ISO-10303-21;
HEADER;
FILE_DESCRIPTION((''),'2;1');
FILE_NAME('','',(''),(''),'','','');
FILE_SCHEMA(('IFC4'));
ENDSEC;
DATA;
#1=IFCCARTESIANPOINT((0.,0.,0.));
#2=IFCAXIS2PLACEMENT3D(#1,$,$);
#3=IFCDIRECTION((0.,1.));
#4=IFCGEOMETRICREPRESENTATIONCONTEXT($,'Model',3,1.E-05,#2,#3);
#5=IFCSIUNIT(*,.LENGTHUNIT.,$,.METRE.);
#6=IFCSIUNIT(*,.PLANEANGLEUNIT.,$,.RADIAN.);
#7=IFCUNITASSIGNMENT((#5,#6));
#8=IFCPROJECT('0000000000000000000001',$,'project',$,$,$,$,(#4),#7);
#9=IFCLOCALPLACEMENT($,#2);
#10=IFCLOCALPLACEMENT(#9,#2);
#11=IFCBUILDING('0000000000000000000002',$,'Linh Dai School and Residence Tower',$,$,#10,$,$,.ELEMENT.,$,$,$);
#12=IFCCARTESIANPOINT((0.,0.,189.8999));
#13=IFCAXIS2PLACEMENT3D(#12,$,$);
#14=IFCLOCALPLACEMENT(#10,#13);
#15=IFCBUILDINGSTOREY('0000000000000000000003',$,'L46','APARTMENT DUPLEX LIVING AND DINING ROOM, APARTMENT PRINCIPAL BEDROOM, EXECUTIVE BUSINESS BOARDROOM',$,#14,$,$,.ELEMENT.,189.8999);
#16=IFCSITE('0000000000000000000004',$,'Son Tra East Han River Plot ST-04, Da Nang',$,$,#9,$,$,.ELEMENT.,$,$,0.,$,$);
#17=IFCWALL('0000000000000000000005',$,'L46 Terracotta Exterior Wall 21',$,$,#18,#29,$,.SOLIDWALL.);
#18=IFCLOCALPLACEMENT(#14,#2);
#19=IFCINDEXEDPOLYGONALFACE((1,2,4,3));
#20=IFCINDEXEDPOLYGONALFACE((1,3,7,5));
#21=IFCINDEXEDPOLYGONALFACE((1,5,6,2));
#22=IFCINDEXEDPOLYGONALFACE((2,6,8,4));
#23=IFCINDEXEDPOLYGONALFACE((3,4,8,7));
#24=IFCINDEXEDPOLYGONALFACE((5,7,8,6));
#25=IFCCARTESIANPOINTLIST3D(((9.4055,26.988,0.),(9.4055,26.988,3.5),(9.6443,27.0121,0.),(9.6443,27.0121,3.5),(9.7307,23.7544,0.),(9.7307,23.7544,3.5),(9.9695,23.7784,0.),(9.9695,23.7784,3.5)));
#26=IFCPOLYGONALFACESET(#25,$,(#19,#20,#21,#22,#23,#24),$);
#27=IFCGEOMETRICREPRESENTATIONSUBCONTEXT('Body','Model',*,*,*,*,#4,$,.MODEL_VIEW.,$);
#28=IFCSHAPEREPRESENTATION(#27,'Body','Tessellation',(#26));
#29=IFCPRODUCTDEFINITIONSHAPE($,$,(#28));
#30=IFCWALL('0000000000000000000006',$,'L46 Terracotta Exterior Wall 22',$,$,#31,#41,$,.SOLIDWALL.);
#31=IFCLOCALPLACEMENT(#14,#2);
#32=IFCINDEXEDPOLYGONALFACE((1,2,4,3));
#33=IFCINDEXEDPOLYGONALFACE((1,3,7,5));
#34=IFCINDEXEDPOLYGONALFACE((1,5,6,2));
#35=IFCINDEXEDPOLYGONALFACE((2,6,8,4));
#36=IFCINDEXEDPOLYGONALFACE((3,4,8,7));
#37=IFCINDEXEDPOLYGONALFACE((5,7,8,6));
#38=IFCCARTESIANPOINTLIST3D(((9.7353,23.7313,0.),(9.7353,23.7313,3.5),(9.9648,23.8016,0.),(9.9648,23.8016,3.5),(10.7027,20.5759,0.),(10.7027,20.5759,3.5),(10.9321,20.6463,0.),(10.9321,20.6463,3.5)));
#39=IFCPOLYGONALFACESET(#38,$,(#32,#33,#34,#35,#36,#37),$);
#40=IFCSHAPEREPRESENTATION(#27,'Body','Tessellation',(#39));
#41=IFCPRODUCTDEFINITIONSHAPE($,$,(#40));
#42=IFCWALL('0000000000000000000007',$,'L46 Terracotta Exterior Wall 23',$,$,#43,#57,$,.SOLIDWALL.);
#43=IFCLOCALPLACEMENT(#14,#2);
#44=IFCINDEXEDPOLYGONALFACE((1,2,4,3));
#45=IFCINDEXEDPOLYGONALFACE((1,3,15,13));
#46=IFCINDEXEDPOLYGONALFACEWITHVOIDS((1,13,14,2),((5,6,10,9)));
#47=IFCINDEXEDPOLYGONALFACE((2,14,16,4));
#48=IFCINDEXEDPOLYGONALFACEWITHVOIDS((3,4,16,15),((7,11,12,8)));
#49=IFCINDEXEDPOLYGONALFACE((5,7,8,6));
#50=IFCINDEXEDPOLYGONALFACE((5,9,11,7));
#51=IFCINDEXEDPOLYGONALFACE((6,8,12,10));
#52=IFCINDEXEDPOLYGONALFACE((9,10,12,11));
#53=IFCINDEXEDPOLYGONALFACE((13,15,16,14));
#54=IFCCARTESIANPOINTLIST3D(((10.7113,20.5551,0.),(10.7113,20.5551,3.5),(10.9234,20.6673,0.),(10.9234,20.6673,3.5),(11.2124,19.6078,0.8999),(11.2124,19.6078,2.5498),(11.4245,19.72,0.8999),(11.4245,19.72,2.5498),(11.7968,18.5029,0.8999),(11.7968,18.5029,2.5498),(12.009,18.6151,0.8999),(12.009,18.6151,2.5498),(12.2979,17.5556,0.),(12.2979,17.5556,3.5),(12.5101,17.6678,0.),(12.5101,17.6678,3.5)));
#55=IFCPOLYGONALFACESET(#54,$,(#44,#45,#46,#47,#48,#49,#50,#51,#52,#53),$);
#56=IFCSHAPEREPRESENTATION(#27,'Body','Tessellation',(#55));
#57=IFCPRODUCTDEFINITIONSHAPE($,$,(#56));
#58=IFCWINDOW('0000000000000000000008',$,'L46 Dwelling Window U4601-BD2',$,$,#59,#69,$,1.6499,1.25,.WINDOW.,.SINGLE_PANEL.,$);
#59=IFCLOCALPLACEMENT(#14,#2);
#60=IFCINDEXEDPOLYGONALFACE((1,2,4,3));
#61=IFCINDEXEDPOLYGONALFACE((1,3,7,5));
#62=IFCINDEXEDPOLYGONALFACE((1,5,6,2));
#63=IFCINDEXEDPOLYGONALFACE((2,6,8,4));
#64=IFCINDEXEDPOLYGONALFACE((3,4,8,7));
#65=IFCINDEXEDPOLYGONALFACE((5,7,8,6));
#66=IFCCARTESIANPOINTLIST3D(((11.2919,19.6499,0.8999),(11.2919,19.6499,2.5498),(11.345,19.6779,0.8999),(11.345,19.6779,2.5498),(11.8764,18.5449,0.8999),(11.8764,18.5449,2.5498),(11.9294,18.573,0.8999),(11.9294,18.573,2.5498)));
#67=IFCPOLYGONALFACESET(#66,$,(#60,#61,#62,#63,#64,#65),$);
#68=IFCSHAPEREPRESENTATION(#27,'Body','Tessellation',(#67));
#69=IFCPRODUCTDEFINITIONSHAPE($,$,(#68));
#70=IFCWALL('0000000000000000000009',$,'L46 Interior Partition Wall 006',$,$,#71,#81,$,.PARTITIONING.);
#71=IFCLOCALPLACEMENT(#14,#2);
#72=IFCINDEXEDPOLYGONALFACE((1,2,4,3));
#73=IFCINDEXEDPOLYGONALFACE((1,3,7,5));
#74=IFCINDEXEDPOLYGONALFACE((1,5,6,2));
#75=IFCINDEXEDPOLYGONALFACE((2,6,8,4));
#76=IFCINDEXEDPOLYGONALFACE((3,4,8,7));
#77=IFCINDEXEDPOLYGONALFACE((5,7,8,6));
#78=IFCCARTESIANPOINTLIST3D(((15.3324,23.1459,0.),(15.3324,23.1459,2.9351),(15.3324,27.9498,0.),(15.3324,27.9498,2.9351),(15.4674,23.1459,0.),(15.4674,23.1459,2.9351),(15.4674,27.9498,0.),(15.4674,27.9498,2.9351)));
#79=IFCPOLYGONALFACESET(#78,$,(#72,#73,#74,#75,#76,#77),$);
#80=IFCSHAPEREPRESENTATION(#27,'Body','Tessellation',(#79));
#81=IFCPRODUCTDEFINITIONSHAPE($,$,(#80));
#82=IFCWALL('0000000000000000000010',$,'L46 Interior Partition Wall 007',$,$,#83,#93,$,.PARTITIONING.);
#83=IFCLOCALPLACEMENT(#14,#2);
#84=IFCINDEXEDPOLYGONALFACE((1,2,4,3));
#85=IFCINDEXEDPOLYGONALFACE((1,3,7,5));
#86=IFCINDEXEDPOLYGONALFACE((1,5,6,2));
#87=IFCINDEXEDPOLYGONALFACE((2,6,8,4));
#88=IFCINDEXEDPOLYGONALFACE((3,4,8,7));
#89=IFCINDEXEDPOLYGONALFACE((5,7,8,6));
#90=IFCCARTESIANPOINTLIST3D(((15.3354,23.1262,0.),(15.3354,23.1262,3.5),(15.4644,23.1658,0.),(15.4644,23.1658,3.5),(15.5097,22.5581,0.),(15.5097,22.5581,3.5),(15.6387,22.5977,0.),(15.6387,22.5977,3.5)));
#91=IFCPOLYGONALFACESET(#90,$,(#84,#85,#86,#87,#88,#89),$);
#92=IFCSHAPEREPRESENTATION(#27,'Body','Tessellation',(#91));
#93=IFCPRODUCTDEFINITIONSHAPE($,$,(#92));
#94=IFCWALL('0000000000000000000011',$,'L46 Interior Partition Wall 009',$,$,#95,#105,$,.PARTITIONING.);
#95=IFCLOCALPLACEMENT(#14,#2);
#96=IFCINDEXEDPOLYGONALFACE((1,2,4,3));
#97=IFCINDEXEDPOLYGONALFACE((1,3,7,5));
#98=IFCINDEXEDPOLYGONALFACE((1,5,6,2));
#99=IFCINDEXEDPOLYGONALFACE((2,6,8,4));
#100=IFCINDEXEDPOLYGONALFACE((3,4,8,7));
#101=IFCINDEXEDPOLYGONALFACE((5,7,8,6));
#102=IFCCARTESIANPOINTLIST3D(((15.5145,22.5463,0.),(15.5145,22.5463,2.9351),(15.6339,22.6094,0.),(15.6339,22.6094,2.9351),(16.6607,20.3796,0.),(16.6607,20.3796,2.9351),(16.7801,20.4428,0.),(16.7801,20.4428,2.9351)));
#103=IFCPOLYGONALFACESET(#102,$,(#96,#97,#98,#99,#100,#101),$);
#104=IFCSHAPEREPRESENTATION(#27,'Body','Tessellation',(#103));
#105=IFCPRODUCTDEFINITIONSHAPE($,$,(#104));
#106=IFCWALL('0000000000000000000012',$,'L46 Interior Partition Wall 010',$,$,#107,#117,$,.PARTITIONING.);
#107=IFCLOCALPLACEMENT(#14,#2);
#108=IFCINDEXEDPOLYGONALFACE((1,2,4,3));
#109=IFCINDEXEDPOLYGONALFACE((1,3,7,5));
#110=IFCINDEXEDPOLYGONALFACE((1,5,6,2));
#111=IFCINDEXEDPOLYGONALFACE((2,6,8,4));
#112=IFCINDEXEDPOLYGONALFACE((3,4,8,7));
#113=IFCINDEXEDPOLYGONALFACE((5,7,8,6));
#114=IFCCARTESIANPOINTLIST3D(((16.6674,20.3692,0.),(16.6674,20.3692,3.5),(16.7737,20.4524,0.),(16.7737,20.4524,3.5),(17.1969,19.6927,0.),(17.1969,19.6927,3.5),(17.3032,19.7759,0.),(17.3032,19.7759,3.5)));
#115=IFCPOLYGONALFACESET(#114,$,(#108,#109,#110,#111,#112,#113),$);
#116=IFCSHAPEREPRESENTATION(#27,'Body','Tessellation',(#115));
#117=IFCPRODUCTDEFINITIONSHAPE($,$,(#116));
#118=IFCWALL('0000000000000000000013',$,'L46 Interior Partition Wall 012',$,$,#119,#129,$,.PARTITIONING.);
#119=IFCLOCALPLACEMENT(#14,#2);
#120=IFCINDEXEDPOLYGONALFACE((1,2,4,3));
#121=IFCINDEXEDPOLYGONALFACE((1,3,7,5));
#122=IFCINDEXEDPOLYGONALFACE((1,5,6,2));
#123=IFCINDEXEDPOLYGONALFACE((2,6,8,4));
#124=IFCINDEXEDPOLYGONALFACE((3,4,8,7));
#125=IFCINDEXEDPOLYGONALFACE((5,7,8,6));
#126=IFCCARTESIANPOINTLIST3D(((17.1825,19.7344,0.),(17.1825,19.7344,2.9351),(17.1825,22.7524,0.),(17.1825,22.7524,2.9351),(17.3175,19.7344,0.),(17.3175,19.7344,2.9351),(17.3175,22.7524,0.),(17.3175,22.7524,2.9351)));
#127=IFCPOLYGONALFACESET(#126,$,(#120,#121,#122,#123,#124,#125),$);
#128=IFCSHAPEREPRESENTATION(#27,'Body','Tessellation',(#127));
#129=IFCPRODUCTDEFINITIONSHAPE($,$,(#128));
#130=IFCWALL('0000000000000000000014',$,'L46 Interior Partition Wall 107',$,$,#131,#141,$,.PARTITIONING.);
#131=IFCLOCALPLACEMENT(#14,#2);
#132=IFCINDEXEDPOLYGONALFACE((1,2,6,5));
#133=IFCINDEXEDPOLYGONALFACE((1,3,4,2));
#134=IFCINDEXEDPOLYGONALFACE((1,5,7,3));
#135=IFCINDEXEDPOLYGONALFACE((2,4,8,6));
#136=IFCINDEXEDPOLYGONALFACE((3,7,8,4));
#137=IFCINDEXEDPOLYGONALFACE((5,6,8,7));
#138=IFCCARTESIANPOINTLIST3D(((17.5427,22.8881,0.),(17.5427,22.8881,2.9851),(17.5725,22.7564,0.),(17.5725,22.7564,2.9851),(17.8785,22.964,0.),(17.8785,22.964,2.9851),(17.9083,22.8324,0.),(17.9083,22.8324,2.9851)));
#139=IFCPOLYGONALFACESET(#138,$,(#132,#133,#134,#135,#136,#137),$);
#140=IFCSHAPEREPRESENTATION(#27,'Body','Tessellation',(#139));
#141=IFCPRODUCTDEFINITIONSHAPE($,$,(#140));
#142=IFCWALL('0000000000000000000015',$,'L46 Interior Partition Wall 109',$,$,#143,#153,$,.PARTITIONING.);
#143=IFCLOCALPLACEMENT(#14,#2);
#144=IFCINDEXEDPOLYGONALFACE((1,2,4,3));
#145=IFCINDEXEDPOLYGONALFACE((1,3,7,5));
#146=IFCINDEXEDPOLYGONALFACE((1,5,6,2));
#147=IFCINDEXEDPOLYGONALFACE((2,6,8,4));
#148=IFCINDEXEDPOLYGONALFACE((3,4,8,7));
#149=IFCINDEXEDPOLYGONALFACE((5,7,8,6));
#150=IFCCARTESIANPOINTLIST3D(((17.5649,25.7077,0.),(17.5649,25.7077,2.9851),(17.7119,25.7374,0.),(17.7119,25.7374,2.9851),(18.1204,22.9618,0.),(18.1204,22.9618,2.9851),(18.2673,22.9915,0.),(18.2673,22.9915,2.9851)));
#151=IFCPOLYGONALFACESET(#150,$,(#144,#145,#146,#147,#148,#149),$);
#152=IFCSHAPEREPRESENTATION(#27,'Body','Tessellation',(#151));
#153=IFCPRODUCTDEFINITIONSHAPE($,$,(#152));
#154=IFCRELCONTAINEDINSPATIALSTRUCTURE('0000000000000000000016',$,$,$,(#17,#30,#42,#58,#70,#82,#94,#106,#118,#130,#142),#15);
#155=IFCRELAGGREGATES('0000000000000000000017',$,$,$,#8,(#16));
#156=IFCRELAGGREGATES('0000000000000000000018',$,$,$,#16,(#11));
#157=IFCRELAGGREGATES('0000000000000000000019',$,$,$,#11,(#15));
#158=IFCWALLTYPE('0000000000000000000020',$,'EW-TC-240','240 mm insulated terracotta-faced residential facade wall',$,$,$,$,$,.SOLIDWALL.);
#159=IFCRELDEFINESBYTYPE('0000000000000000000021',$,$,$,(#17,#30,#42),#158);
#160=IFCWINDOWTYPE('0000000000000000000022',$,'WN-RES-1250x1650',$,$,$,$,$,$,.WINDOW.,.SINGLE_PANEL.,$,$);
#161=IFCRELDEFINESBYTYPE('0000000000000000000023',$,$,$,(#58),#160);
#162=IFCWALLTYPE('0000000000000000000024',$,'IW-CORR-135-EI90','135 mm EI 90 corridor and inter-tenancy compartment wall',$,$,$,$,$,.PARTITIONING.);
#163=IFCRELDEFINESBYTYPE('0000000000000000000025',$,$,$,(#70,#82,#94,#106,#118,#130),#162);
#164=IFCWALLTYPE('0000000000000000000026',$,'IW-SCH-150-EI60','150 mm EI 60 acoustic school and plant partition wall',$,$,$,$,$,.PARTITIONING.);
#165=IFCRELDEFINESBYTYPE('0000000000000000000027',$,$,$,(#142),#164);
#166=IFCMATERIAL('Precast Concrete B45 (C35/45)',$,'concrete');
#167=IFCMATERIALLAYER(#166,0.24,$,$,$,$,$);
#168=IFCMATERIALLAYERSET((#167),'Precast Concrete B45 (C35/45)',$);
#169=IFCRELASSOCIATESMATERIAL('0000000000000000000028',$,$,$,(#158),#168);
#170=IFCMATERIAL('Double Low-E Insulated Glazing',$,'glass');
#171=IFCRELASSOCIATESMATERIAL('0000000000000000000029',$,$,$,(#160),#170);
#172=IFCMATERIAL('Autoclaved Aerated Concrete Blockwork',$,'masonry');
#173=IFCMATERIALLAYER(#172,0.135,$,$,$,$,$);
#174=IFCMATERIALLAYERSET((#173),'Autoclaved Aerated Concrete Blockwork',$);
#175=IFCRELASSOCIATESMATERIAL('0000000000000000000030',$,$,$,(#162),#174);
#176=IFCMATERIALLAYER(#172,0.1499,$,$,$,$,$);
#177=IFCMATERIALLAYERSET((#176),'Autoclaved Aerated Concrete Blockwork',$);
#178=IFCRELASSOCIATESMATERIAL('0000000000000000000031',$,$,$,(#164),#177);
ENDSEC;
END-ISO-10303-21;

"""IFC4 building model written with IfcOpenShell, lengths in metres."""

from ifc_helpers import new_model, si_unit, direction, frame, frame_2d, origin, origin_2d, place, context, subcontext, project, spatial, rectangle, extrude, source, transform, mapped, material, layer, layer_set, type_object, element, fill, save


model = new_model("IFC4")

# Units and contexts
model_context = context("Model", 3, precision=1e-05, world=origin(), true_north=direction((0.0, 1.0)))
body_context = subcontext(model_context, "Body", "Model", "MODEL_VIEW")
ifc_project = project(units=[si_unit("LENGTHUNIT", "METRE"), si_unit("PLANEANGLEUNIT", "RADIAN")], contexts=[model_context])

# Site, building, storey
site_placement = place(None, origin())
site = spatial("IfcSite", under=ifc_project, at=site_placement, Name="Son Tra East Han River Plot ST-04, Da Nang", CompositionType="ELEMENT", RefElevation=0.0)
building_placement = place(site_placement, origin())
building = spatial("IfcBuilding", under=site, at=building_placement, Name="Linh Dai School and Residence Tower", CompositionType="ELEMENT")
storey_placement = place(building_placement, frame((0.0, 0.0, 189.8999)))
storey = spatial("IfcBuildingStorey", under=building, at=storey_placement, Name="L46", Description="APARTMENT DUPLEX LIVING AND DINING ROOM, APARTMENT PRINCIPAL BEDROOM, EXECUTIVE BUSINESS BOARDROOM", CompositionType="ELEMENT", Elevation=189.8999)

# Shared definitions
ifc_material_1 = material(Name="Precast Concrete B45 (C35/45)", Category="concrete")

# Walls
ifc_layer_1 = layer(ifc_material_1, 0.24)
ifc_layer_set_1 = layer_set([ifc_layer_1], Name="Precast Concrete B45 (C35/45)")
wall_type_1 = type_object("IfcWallType", Name="EW-TC-240", Description="240 mm insulated terracotta-faced residential facade wall", PredefinedType="SOLIDWALL", material=ifc_layer_set_1)
wall_1_placement = place(storey_placement, frame((9.8501, 23.7664, 0.0), z_axis=(0.0, 0.0, 1.0), x_axis=(-0.100062, 0.994981, 0.0)))
element("IfcWall", 1, at=wall_1_placement, inside=storey, type_object=wall_type_1, Name="L46 Terracotta Exterior Wall 21", PredefinedType="SOLIDWALL", context=body_context, shape_type="SweptSolid", body=[
    extrude(rectangle(XDim=3.25, YDim=0.24, at=frame_2d((1.625, 0.0))), origin(), (0.0, 0.0, 1.0), 3.5),
])
wall_2_placement = place(storey_placement, frame((10.8174, 20.6111, 0.0), z_axis=(0.0, 0.0, 1.0), x_axis=(-0.293098, 0.956082, 0.0)))
element("IfcWall", 2, at=wall_2_placement, inside=storey, type_object=wall_type_1, Name="L46 Terracotta Exterior Wall 22", PredefinedType="SOLIDWALL", context=body_context, shape_type="SweptSolid", body=[
    extrude(rectangle(XDim=3.3003, YDim=0.24, at=frame_2d((1.6501, 0.0))), origin(), (0.0, 0.0, 1.0), 3.5),
])

# Wall, opening, window
wall_3_placement = place(storey_placement, frame((12.4041, 17.6116, 0.0), z_axis=(0.0, 0.0, 1.0), x_axis=(-0.467587, 0.883947, 0.0)))
wall_3 = element("IfcWall", 3, at=wall_3_placement, inside=storey, type_object=wall_type_1, Name="L46 Terracotta Exterior Wall 23", PredefinedType="SOLIDWALL", context=body_context, shape_type="SweptSolid", body=[
    extrude(rectangle(XDim=3.3933, YDim=0.24, at=frame_2d((1.6968, 0.0))), origin(), (0.0, 0.0, 1.0), 3.5),
])
opening_1_placement = place(wall_3_placement, frame((1.0718, 0.0, 0.8999)))
opening_1 = element("IfcOpeningElement", 4, at=opening_1_placement, cuts=wall_3, PredefinedType="OPENING", context=body_context, shape_type="SweptSolid", body=[
    extrude(rectangle(XDim=1.25, YDim=1.6499, at=origin_2d()), frame((0.625, 0.1299, 0.825), z_axis=(0.0, -1.0, 0.0), x_axis=(1.0, 0.0, 0.0)), (0.0, 0.0, 1.0), 0.26),
])
ifc_material_2 = material(Name="Double Low-E Insulated Glazing", Category="glass")
window_type = type_object("IfcWindowType", Name="WN-RES-1250x1650", PartitioningType="SINGLE_PANEL", PredefinedType="WINDOW", material=ifc_material_2)
shared_shape_1 = source(origin(), body_context, "Body", "SweptSolid", [
    extrude(rectangle(XDim=1.25, YDim=1.6499, at=origin_2d()), frame((0.625, 0.03, 0.825), z_axis=(0.0, -1.0, 0.0), x_axis=(1.0, 0.0, 0.0)), (0.0, 0.0, 1.0), 0.0601),
])
window_placement = place(opening_1_placement, origin())
window = element("IfcWindow", 5, at=window_placement, inside=storey, type_object=window_type, Name="L46 Dwelling Window U4601-BD2", OverallHeight=1.6499, OverallWidth=1.25, PartitioningType="SINGLE_PANEL", PredefinedType="WINDOW", context=body_context, shape_type="MappedRepresentation", body=[
    mapped(shared_shape_1, transform((0.0, 0.0, 0.0), x_axis=(1.0, 0.0, 0.0), y_axis=(0.0, 1.0, 0.0), z_axis=(0.0, 0.0, 1.0), scale=1.0)),
])
fill(opening_1, window)

# Walls
ifc_material_3 = material(Name="Autoclaved Aerated Concrete Blockwork", Category="masonry")
ifc_layer_2 = layer(ifc_material_3, 0.135)
ifc_layer_set_2 = layer_set([ifc_layer_2], Name="Autoclaved Aerated Concrete Blockwork")
wall_type_2 = type_object("IfcWallType", Name="IW-CORR-135-EI90", Description="135 mm EI 90 corridor and inter-tenancy compartment wall", PredefinedType="PARTITIONING", material=ifc_layer_set_2)
wall_4_placement = place(storey_placement, frame((15.3999, 23.146, 0.0), z_axis=(0.0, 0.0, 1.0), x_axis=(0.0, 1.0, 0.0)))
element("IfcWall", 6, at=wall_4_placement, inside=storey, type_object=wall_type_2, Name="L46 Interior Partition Wall 006", PredefinedType="PARTITIONING", context=body_context, shape_type="SweptSolid", body=[
    extrude(rectangle(XDim=4.804, YDim=0.135, at=frame_2d((2.4019, 0.0))), origin(), (0.0, 0.0, 1.0), 2.9351),
])
wall_5_placement = place(storey_placement, frame((15.3999, 23.146, 0.0), z_axis=(0.0, 0.0, 1.0), x_axis=(0.293335, -0.95601, 0.0)))
element("IfcWall", 7, at=wall_5_placement, inside=storey, type_object=wall_type_2, Name="L46 Interior Partition Wall 007", PredefinedType="PARTITIONING", context=body_context, shape_type="SweptSolid", body=[
    extrude(rectangle(XDim=0.5942, YDim=0.135, at=frame_2d((0.2971, 0.0))), origin(), (0.0, 0.0, 1.0), 3.5),
])
wall_6_placement = place(storey_placement, frame((15.5742, 22.5779, 0.0), z_axis=(0.0, 0.0, 1.0), x_axis=(0.467613, -0.883933, 0.0)))
element("IfcWall", 8, at=wall_6_placement, inside=storey, type_object=wall_type_2, Name="L46 Interior Partition Wall 009", PredefinedType="PARTITIONING", context=body_context, shape_type="SweptSolid", body=[
    extrude(rectangle(XDim=2.4512, YDim=0.135, at=frame_2d((1.2256, 0.0))), origin(), (0.0, 0.0, 1.0), 2.9351),
])
wall_7_placement = place(storey_placement, frame((16.7205, 20.4109, 0.0), z_axis=(0.0, 0.0, 1.0), x_axis=(0.616377, -0.787451, 0.0)))
element("IfcWall", 9, at=wall_7_placement, inside=storey, type_object=wall_type_2, Name="L46 Interior Partition Wall 010", PredefinedType="PARTITIONING", context=body_context, shape_type="SweptSolid", body=[
    extrude(rectangle(XDim=0.8591, YDim=0.135, at=frame_2d((0.4297, 0.0))), origin(), (0.0, 0.0, 1.0), 3.5),
])
wall_8_placement = place(storey_placement, frame((17.25, 19.7344, 0.0), z_axis=(0.0, 0.0, 1.0), x_axis=(0.0, 1.0, 0.0)))
element("IfcWall", 10, at=wall_8_placement, inside=storey, type_object=wall_type_2, Name="L46 Interior Partition Wall 012", PredefinedType="PARTITIONING", context=body_context, shape_type="SweptSolid", body=[
    extrude(rectangle(XDim=3.0181, YDim=0.135, at=frame_2d((1.509, 0.0))), origin(), (0.0, 0.0, 1.0), 2.9351),
])
wall_9_placement = place(storey_placement, frame((17.5576, 22.8223, 0.0), z_axis=(0.0, 0.0, 1.0), x_axis=(0.975362, 0.220609, 0.0)))
element("IfcWall", 11, at=wall_9_placement, inside=storey, type_object=wall_type_2, Name="L46 Interior Partition Wall 107", PredefinedType="PARTITIONING", context=body_context, shape_type="SweptSolid", body=[
    extrude(rectangle(XDim=0.3442, YDim=0.135, at=frame_2d((0.1721, 0.0))), origin(), (0.0, 0.0, 1.0), 2.9851),
])
ifc_layer_3 = layer(ifc_material_3, 0.1499)
ifc_layer_set_3 = layer_set([ifc_layer_3], Name="Autoclaved Aerated Concrete Blockwork")
wall_type_3 = type_object("IfcWallType", Name="IW-SCH-150-EI60", Description="150 mm EI 60 acoustic school and plant partition wall", PredefinedType="PARTITIONING", material=ifc_layer_set_3)
wall_10_placement = place(storey_placement, frame((18.1938, 22.9766, 0.0), z_axis=(0.0, 0.0, 1.0), x_axis=(-0.198261, 0.980149, 0.0)))
element("IfcWall", 12, at=wall_10_placement, inside=storey, type_object=wall_type_3, Name="L46 Interior Partition Wall 109", PredefinedType="PARTITIONING", context=body_context, shape_type="SweptSolid", body=[
    extrude(rectangle(XDim=2.8015, YDim=0.1499, at=frame_2d((1.4009, 0.0))), origin(), (0.0, 0.0, 1.0), 2.9851),
])

save(model, "model.ifc")
